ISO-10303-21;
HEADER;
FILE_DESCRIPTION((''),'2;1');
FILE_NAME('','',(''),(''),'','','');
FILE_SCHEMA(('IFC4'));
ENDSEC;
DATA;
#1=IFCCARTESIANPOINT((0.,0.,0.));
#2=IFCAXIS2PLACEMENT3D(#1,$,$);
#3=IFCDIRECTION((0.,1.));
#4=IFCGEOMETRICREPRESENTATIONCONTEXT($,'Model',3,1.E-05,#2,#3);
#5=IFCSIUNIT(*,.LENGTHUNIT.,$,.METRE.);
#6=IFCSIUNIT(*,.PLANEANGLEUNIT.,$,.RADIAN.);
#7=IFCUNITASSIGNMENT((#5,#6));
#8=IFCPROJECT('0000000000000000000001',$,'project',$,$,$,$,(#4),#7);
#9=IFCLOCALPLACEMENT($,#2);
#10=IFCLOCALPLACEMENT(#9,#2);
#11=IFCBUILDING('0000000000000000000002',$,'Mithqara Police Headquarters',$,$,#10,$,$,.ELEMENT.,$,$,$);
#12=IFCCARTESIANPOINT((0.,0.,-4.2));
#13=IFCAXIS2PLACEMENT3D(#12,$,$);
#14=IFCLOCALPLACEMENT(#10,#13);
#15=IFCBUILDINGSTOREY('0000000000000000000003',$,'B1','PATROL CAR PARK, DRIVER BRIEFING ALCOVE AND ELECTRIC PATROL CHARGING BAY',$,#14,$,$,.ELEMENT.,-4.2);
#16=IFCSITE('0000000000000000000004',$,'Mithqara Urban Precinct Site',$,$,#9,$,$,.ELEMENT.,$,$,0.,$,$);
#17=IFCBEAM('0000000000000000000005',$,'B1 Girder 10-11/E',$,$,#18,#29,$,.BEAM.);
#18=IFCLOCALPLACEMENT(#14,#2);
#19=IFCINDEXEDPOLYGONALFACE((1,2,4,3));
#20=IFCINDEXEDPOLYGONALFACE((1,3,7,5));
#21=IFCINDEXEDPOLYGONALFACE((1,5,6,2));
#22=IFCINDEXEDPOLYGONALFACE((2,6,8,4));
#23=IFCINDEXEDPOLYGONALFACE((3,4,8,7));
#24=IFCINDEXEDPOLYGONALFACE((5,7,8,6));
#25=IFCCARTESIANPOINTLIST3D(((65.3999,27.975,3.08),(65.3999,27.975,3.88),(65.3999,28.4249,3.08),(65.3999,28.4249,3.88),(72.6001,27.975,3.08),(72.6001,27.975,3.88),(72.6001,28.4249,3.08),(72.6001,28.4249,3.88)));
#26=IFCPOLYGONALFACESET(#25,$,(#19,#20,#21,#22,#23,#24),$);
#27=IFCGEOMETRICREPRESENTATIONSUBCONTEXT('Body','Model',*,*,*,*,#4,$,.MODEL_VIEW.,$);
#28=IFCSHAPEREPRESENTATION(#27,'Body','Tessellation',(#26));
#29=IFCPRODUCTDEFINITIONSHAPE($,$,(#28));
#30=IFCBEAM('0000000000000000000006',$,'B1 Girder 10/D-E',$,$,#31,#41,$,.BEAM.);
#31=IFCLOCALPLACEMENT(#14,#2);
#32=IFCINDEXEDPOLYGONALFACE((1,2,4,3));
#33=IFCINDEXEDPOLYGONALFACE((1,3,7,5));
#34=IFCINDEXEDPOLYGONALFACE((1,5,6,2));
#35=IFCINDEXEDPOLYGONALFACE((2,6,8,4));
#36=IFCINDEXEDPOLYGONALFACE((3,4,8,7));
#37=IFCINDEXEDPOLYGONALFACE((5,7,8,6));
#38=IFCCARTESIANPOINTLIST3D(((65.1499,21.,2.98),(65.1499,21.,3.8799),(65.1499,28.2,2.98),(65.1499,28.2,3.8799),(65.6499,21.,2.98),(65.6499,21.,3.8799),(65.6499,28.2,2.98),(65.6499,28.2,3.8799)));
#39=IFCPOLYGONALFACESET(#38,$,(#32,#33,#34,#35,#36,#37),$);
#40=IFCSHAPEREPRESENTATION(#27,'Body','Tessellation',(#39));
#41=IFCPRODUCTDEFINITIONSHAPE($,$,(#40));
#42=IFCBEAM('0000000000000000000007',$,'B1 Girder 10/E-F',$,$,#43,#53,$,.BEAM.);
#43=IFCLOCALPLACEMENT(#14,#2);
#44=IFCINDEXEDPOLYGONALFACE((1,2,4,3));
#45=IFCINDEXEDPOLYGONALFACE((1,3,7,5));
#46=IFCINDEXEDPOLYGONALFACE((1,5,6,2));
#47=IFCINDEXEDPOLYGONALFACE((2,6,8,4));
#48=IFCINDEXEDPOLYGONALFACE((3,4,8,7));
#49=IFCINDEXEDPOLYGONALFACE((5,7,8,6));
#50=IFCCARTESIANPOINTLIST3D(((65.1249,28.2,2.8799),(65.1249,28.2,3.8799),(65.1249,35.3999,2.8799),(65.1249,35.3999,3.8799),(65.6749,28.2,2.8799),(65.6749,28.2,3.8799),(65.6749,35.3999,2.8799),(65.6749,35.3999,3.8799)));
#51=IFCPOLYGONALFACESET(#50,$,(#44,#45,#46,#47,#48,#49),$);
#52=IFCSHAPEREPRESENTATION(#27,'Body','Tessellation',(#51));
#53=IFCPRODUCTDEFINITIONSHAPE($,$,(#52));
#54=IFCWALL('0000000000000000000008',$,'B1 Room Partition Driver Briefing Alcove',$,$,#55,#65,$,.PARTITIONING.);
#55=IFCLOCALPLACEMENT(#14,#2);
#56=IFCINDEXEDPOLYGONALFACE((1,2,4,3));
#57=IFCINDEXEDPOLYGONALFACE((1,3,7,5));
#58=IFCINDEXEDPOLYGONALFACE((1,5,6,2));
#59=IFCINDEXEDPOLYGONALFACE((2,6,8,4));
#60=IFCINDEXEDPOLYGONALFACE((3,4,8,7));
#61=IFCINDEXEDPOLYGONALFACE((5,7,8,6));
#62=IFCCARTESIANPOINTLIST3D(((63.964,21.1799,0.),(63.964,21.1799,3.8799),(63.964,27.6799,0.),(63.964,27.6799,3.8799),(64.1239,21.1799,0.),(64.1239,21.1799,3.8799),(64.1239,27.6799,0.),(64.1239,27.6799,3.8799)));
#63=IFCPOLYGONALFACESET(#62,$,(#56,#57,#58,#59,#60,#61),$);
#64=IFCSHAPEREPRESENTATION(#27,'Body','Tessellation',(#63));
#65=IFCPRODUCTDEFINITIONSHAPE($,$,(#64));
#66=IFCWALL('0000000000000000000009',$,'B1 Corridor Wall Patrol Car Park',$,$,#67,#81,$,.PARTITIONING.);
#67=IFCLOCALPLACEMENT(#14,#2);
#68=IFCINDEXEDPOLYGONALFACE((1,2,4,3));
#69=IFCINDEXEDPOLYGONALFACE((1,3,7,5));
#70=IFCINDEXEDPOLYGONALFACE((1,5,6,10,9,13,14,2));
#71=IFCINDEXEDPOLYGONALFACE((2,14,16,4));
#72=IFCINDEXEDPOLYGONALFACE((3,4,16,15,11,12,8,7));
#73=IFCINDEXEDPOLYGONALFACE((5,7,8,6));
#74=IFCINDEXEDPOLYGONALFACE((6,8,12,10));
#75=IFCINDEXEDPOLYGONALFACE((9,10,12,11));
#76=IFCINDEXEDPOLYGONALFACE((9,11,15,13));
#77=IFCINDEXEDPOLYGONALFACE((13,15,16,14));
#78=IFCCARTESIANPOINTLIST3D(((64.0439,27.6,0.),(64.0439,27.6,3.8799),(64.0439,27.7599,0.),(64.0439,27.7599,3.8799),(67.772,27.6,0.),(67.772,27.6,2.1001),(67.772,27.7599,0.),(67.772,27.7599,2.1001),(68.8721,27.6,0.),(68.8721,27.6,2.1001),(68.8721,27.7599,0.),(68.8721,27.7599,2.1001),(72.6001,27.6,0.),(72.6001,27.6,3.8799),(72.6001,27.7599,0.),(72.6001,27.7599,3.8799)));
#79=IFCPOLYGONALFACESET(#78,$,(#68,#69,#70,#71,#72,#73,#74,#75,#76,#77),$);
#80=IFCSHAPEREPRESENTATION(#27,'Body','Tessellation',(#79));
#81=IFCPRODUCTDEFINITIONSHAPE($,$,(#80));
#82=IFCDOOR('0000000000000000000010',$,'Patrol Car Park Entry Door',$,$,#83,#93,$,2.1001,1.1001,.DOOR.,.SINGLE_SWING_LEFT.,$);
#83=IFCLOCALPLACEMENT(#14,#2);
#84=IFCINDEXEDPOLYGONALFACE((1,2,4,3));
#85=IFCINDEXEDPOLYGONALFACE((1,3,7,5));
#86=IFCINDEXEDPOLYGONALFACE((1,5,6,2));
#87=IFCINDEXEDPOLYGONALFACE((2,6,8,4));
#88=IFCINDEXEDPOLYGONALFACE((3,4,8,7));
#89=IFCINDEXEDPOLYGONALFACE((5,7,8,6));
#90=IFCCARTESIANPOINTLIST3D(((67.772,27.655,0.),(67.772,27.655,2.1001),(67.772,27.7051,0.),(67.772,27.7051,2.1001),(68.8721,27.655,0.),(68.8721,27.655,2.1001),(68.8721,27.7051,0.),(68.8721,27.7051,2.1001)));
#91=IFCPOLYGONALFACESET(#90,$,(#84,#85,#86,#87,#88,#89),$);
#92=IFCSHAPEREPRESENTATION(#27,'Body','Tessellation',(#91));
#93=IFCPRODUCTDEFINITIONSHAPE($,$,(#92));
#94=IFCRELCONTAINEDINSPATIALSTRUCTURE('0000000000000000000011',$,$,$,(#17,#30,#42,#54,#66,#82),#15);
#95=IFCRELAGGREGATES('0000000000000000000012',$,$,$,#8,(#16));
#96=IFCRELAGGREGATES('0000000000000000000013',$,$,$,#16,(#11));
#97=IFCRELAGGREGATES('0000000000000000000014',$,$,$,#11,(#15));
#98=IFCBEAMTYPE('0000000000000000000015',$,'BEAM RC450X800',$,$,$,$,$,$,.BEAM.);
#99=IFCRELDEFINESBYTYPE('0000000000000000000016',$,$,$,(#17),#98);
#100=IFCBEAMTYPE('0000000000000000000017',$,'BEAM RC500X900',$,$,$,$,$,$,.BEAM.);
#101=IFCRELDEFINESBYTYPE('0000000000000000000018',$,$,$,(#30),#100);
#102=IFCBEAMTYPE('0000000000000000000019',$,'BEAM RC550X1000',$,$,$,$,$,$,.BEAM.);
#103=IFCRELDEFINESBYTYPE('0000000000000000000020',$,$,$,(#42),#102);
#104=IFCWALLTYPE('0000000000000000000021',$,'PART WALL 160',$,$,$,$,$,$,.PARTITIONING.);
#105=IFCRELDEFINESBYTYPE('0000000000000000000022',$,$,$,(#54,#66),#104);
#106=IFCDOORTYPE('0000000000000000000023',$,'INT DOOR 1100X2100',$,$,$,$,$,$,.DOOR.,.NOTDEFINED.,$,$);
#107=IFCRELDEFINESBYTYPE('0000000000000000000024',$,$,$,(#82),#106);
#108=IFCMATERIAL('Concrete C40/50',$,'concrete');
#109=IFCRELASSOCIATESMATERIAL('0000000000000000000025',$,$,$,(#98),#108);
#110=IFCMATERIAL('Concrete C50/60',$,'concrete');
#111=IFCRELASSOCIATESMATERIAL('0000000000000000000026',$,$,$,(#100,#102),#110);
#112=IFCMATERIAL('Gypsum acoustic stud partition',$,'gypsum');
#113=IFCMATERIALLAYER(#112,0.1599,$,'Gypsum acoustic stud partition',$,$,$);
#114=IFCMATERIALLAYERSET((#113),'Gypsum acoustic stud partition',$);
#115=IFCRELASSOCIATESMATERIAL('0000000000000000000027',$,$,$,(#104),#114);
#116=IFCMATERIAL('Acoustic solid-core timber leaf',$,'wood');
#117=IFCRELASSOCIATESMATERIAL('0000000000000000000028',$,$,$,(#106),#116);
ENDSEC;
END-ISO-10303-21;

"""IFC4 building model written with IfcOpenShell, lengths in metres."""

from ifc_helpers import new_model, si_unit, direction, frame, frame_2d, origin, origin_2d, place, context, subcontext, project, spatial, rectangle, extrude, material, layer, layer_set, material_profile, profile_set, type_object, element, fill, save


model = new_model("IFC4")

# Units and contexts
model_context = context("Model", 3, precision=1e-05, world=origin(), true_north=direction((0.0, 1.0)))
body_context = subcontext(model_context, "Body", "Model", "MODEL_VIEW")
ifc_project = project(units=[si_unit("LENGTHUNIT", "METRE"), si_unit("PLANEANGLEUNIT", "RADIAN")], contexts=[model_context])

# Site, building, storey
site_placement = place(None, origin())
site = spatial("IfcSite", under=ifc_project, at=site_placement, Name="Mithqara Urban Precinct Site", CompositionType="ELEMENT", RefElevation=0.0)
building_placement = place(site_placement, origin())
building = spatial("IfcBuilding", under=site, at=building_placement, Name="Mithqara Police Headquarters", CompositionType="ELEMENT")
storey_placement = place(building_placement, frame((0.0, 0.0, -4.2)))
storey = spatial("IfcBuildingStorey", under=building, at=storey_placement, Name="B1", Description="PATROL CAR PARK, DRIVER BRIEFING ALCOVE AND ELECTRIC PATROL CHARGING BAY", CompositionType="ELEMENT", Elevation=-4.2)

# Shared definitions
ifc_material_1 = material(Name="Concrete C40/50", Category="concrete")

# Shared definitions
ifc_material_2 = material(Name="Concrete C50/60", Category="concrete")

# Beams
ifc_material_profile_1 = material_profile(ifc_material_1, rectangle(XDim=0.45, YDim=0.8, at=origin_2d()), Name="RC 450x800")
ifc_profile_set_1 = profile_set([ifc_material_profile_1], Name="Concrete C40/50")
beam_type_1 = type_object("IfcBeamType", Name="BEAM RC450X800", PredefinedType="BEAM", material=ifc_profile_set_1)
beam_1_placement = place(storey_placement, frame((65.3999, 28.2, 3.48), z_axis=(1.0, 0.0, 0.0), x_axis=(0.0, 1.0, 0.0)))
element("IfcBeam", 1, at=beam_1_placement, inside=storey, type_object=beam_type_1, Name="B1 Girder 10-11/E", PredefinedType="BEAM", context=body_context, shape_type="SweptSolid", body=[
    extrude(rectangle(XDim=0.45, YDim=0.8, at=origin_2d()), origin(), (0.0, 0.0, 1.0), 7.2002),
])
ifc_material_profile_2 = material_profile(ifc_material_2, rectangle(XDim=0.5, YDim=0.8999, at=origin_2d()), Name="RC 500x900")
ifc_profile_set_2 = profile_set([ifc_material_profile_2], Name="Concrete C50/60")
beam_type_2 = type_object("IfcBeamType", Name="BEAM RC500X900", PredefinedType="BEAM", material=ifc_profile_set_2)
beam_2_placement = place(storey_placement, frame((65.3999, 21.0, 3.4299), z_axis=(0.0, 1.0, 0.0), x_axis=(-1.0, 0.0, 0.0)))
element("IfcBeam", 2, at=beam_2_placement, inside=storey, type_object=beam_type_2, Name="B1 Girder 10/D-E", PredefinedType="BEAM", context=body_context, shape_type="SweptSolid", body=[
    extrude(rectangle(XDim=0.5, YDim=0.8999, at=origin_2d()), origin(), (0.0, 0.0, 1.0), 7.2),
])
ifc_material_profile_3 = material_profile(ifc_material_2, rectangle(XDim=0.55, YDim=1.0, at=origin_2d()), Name="RC 550x1000")
ifc_profile_set_3 = profile_set([ifc_material_profile_3], Name="Concrete C50/60")
beam_type_3 = type_object("IfcBeamType", Name="BEAM RC550X1000", PredefinedType="BEAM", material=ifc_profile_set_3)
beam_3_placement = place(storey_placement, frame((65.3999, 28.2, 3.3799), z_axis=(0.0, 1.0, 0.0), x_axis=(-1.0, 0.0, 0.0)))
element("IfcBeam", 3, at=beam_3_placement, inside=storey, type_object=beam_type_3, Name="B1 Girder 10/E-F", PredefinedType="BEAM", context=body_context, shape_type="SweptSolid", body=[
    extrude(rectangle(XDim=0.55, YDim=1.0, at=origin_2d()), origin(), (0.0, 0.0, 1.0), 7.2),
])

# Wall
ifc_material_3 = material(Name="Gypsum acoustic stud partition", Category="gypsum")
ifc_layer = layer(ifc_material_3, 0.1599, Name="Gypsum acoustic stud partition")
ifc_layer_set = layer_set([ifc_layer], Name="Gypsum acoustic stud partition")
wall_type = type_object("IfcWallType", Name="PART WALL 160", PredefinedType="PARTITIONING", material=ifc_layer_set)
wall_1_placement = place(storey_placement, frame((64.0439, 21.1799, 0.0), z_axis=(0.0, 0.0, 1.0), x_axis=(0.0, 1.0, 0.0)))
element("IfcWall", 4, at=wall_1_placement, inside=storey, type_object=wall_type, Name="B1 Room Partition Driver Briefing Alcove", PredefinedType="PARTITIONING", context=body_context, shape_type="SweptSolid", body=[
    extrude(rectangle(XDim=6.5, YDim=0.1599, at=frame_2d((3.25, 0.0))), origin(), (0.0, 0.0, 1.0), 3.8799),
])

# Wall, opening, door
wall_2_placement = place(storey_placement, frame((64.0439, 27.6799, 0.0), z_axis=(0.0, 0.0, 1.0), x_axis=(1.0, 0.0, 0.0)))
wall_2 = element("IfcWall", 5, at=wall_2_placement, inside=storey, type_object=wall_type, Name="B1 Corridor Wall Patrol Car Park", PredefinedType="PARTITIONING", context=body_context, shape_type="SweptSolid", body=[
    extrude(rectangle(XDim=8.5562, YDim=0.1599, at=frame_2d((4.2781, 0.0))), origin(), (0.0, 0.0, 1.0), 3.8799),
])
opening_placement = place(wall_2_placement, frame((3.728, 0.0, 0.0)))
opening = element("IfcOpeningElement", 6, at=opening_placement, cuts=wall_2, PredefinedType="OPENING", context=body_context, shape_type="SweptSolid", body=[
    extrude(rectangle(XDim=1.1001, YDim=2.1001, at=frame_2d((0.55, 1.05))), frame((0.0, 0.0898, 0.0), z_axis=(0.0, -1.0, 0.0), x_axis=(1.0, 0.0, 0.0)), (0.0, 0.0, 1.0), 0.1799),
])
ifc_material_4 = material(Name="Acoustic solid-core timber leaf", Category="wood")
door_type = type_object("IfcDoorType", Name="INT DOOR 1100X2100", OperationType="NOTDEFINED", PredefinedType="DOOR", material=ifc_material_4)
door_placement = place(opening_placement, frame((1.1001, 0.0, 0.0), z_axis=(0.0, 0.0, 1.0), x_axis=(-1.0, 0.0, 0.0)))
door = element("IfcDoor", 7, at=door_placement, inside=storey, type_object=door_type, Name="Patrol Car Park Entry Door", OperationType="SINGLE_SWING_LEFT", OverallHeight=2.1001, OverallWidth=1.1001, PredefinedType="DOOR", context=body_context, shape_type="SweptSolid", body=[
    extrude(rectangle(XDim=1.1001, YDim=2.1001, at=frame_2d((0.55, 1.05))), frame((0.0, 0.0249, 0.0), z_axis=(0.0, -1.0, 0.0), x_axis=(1.0, 0.0, 0.0)), (0.0, 0.0, 1.0), 0.05),
])
fill(opening, door)

save(model, "model.ifc")
